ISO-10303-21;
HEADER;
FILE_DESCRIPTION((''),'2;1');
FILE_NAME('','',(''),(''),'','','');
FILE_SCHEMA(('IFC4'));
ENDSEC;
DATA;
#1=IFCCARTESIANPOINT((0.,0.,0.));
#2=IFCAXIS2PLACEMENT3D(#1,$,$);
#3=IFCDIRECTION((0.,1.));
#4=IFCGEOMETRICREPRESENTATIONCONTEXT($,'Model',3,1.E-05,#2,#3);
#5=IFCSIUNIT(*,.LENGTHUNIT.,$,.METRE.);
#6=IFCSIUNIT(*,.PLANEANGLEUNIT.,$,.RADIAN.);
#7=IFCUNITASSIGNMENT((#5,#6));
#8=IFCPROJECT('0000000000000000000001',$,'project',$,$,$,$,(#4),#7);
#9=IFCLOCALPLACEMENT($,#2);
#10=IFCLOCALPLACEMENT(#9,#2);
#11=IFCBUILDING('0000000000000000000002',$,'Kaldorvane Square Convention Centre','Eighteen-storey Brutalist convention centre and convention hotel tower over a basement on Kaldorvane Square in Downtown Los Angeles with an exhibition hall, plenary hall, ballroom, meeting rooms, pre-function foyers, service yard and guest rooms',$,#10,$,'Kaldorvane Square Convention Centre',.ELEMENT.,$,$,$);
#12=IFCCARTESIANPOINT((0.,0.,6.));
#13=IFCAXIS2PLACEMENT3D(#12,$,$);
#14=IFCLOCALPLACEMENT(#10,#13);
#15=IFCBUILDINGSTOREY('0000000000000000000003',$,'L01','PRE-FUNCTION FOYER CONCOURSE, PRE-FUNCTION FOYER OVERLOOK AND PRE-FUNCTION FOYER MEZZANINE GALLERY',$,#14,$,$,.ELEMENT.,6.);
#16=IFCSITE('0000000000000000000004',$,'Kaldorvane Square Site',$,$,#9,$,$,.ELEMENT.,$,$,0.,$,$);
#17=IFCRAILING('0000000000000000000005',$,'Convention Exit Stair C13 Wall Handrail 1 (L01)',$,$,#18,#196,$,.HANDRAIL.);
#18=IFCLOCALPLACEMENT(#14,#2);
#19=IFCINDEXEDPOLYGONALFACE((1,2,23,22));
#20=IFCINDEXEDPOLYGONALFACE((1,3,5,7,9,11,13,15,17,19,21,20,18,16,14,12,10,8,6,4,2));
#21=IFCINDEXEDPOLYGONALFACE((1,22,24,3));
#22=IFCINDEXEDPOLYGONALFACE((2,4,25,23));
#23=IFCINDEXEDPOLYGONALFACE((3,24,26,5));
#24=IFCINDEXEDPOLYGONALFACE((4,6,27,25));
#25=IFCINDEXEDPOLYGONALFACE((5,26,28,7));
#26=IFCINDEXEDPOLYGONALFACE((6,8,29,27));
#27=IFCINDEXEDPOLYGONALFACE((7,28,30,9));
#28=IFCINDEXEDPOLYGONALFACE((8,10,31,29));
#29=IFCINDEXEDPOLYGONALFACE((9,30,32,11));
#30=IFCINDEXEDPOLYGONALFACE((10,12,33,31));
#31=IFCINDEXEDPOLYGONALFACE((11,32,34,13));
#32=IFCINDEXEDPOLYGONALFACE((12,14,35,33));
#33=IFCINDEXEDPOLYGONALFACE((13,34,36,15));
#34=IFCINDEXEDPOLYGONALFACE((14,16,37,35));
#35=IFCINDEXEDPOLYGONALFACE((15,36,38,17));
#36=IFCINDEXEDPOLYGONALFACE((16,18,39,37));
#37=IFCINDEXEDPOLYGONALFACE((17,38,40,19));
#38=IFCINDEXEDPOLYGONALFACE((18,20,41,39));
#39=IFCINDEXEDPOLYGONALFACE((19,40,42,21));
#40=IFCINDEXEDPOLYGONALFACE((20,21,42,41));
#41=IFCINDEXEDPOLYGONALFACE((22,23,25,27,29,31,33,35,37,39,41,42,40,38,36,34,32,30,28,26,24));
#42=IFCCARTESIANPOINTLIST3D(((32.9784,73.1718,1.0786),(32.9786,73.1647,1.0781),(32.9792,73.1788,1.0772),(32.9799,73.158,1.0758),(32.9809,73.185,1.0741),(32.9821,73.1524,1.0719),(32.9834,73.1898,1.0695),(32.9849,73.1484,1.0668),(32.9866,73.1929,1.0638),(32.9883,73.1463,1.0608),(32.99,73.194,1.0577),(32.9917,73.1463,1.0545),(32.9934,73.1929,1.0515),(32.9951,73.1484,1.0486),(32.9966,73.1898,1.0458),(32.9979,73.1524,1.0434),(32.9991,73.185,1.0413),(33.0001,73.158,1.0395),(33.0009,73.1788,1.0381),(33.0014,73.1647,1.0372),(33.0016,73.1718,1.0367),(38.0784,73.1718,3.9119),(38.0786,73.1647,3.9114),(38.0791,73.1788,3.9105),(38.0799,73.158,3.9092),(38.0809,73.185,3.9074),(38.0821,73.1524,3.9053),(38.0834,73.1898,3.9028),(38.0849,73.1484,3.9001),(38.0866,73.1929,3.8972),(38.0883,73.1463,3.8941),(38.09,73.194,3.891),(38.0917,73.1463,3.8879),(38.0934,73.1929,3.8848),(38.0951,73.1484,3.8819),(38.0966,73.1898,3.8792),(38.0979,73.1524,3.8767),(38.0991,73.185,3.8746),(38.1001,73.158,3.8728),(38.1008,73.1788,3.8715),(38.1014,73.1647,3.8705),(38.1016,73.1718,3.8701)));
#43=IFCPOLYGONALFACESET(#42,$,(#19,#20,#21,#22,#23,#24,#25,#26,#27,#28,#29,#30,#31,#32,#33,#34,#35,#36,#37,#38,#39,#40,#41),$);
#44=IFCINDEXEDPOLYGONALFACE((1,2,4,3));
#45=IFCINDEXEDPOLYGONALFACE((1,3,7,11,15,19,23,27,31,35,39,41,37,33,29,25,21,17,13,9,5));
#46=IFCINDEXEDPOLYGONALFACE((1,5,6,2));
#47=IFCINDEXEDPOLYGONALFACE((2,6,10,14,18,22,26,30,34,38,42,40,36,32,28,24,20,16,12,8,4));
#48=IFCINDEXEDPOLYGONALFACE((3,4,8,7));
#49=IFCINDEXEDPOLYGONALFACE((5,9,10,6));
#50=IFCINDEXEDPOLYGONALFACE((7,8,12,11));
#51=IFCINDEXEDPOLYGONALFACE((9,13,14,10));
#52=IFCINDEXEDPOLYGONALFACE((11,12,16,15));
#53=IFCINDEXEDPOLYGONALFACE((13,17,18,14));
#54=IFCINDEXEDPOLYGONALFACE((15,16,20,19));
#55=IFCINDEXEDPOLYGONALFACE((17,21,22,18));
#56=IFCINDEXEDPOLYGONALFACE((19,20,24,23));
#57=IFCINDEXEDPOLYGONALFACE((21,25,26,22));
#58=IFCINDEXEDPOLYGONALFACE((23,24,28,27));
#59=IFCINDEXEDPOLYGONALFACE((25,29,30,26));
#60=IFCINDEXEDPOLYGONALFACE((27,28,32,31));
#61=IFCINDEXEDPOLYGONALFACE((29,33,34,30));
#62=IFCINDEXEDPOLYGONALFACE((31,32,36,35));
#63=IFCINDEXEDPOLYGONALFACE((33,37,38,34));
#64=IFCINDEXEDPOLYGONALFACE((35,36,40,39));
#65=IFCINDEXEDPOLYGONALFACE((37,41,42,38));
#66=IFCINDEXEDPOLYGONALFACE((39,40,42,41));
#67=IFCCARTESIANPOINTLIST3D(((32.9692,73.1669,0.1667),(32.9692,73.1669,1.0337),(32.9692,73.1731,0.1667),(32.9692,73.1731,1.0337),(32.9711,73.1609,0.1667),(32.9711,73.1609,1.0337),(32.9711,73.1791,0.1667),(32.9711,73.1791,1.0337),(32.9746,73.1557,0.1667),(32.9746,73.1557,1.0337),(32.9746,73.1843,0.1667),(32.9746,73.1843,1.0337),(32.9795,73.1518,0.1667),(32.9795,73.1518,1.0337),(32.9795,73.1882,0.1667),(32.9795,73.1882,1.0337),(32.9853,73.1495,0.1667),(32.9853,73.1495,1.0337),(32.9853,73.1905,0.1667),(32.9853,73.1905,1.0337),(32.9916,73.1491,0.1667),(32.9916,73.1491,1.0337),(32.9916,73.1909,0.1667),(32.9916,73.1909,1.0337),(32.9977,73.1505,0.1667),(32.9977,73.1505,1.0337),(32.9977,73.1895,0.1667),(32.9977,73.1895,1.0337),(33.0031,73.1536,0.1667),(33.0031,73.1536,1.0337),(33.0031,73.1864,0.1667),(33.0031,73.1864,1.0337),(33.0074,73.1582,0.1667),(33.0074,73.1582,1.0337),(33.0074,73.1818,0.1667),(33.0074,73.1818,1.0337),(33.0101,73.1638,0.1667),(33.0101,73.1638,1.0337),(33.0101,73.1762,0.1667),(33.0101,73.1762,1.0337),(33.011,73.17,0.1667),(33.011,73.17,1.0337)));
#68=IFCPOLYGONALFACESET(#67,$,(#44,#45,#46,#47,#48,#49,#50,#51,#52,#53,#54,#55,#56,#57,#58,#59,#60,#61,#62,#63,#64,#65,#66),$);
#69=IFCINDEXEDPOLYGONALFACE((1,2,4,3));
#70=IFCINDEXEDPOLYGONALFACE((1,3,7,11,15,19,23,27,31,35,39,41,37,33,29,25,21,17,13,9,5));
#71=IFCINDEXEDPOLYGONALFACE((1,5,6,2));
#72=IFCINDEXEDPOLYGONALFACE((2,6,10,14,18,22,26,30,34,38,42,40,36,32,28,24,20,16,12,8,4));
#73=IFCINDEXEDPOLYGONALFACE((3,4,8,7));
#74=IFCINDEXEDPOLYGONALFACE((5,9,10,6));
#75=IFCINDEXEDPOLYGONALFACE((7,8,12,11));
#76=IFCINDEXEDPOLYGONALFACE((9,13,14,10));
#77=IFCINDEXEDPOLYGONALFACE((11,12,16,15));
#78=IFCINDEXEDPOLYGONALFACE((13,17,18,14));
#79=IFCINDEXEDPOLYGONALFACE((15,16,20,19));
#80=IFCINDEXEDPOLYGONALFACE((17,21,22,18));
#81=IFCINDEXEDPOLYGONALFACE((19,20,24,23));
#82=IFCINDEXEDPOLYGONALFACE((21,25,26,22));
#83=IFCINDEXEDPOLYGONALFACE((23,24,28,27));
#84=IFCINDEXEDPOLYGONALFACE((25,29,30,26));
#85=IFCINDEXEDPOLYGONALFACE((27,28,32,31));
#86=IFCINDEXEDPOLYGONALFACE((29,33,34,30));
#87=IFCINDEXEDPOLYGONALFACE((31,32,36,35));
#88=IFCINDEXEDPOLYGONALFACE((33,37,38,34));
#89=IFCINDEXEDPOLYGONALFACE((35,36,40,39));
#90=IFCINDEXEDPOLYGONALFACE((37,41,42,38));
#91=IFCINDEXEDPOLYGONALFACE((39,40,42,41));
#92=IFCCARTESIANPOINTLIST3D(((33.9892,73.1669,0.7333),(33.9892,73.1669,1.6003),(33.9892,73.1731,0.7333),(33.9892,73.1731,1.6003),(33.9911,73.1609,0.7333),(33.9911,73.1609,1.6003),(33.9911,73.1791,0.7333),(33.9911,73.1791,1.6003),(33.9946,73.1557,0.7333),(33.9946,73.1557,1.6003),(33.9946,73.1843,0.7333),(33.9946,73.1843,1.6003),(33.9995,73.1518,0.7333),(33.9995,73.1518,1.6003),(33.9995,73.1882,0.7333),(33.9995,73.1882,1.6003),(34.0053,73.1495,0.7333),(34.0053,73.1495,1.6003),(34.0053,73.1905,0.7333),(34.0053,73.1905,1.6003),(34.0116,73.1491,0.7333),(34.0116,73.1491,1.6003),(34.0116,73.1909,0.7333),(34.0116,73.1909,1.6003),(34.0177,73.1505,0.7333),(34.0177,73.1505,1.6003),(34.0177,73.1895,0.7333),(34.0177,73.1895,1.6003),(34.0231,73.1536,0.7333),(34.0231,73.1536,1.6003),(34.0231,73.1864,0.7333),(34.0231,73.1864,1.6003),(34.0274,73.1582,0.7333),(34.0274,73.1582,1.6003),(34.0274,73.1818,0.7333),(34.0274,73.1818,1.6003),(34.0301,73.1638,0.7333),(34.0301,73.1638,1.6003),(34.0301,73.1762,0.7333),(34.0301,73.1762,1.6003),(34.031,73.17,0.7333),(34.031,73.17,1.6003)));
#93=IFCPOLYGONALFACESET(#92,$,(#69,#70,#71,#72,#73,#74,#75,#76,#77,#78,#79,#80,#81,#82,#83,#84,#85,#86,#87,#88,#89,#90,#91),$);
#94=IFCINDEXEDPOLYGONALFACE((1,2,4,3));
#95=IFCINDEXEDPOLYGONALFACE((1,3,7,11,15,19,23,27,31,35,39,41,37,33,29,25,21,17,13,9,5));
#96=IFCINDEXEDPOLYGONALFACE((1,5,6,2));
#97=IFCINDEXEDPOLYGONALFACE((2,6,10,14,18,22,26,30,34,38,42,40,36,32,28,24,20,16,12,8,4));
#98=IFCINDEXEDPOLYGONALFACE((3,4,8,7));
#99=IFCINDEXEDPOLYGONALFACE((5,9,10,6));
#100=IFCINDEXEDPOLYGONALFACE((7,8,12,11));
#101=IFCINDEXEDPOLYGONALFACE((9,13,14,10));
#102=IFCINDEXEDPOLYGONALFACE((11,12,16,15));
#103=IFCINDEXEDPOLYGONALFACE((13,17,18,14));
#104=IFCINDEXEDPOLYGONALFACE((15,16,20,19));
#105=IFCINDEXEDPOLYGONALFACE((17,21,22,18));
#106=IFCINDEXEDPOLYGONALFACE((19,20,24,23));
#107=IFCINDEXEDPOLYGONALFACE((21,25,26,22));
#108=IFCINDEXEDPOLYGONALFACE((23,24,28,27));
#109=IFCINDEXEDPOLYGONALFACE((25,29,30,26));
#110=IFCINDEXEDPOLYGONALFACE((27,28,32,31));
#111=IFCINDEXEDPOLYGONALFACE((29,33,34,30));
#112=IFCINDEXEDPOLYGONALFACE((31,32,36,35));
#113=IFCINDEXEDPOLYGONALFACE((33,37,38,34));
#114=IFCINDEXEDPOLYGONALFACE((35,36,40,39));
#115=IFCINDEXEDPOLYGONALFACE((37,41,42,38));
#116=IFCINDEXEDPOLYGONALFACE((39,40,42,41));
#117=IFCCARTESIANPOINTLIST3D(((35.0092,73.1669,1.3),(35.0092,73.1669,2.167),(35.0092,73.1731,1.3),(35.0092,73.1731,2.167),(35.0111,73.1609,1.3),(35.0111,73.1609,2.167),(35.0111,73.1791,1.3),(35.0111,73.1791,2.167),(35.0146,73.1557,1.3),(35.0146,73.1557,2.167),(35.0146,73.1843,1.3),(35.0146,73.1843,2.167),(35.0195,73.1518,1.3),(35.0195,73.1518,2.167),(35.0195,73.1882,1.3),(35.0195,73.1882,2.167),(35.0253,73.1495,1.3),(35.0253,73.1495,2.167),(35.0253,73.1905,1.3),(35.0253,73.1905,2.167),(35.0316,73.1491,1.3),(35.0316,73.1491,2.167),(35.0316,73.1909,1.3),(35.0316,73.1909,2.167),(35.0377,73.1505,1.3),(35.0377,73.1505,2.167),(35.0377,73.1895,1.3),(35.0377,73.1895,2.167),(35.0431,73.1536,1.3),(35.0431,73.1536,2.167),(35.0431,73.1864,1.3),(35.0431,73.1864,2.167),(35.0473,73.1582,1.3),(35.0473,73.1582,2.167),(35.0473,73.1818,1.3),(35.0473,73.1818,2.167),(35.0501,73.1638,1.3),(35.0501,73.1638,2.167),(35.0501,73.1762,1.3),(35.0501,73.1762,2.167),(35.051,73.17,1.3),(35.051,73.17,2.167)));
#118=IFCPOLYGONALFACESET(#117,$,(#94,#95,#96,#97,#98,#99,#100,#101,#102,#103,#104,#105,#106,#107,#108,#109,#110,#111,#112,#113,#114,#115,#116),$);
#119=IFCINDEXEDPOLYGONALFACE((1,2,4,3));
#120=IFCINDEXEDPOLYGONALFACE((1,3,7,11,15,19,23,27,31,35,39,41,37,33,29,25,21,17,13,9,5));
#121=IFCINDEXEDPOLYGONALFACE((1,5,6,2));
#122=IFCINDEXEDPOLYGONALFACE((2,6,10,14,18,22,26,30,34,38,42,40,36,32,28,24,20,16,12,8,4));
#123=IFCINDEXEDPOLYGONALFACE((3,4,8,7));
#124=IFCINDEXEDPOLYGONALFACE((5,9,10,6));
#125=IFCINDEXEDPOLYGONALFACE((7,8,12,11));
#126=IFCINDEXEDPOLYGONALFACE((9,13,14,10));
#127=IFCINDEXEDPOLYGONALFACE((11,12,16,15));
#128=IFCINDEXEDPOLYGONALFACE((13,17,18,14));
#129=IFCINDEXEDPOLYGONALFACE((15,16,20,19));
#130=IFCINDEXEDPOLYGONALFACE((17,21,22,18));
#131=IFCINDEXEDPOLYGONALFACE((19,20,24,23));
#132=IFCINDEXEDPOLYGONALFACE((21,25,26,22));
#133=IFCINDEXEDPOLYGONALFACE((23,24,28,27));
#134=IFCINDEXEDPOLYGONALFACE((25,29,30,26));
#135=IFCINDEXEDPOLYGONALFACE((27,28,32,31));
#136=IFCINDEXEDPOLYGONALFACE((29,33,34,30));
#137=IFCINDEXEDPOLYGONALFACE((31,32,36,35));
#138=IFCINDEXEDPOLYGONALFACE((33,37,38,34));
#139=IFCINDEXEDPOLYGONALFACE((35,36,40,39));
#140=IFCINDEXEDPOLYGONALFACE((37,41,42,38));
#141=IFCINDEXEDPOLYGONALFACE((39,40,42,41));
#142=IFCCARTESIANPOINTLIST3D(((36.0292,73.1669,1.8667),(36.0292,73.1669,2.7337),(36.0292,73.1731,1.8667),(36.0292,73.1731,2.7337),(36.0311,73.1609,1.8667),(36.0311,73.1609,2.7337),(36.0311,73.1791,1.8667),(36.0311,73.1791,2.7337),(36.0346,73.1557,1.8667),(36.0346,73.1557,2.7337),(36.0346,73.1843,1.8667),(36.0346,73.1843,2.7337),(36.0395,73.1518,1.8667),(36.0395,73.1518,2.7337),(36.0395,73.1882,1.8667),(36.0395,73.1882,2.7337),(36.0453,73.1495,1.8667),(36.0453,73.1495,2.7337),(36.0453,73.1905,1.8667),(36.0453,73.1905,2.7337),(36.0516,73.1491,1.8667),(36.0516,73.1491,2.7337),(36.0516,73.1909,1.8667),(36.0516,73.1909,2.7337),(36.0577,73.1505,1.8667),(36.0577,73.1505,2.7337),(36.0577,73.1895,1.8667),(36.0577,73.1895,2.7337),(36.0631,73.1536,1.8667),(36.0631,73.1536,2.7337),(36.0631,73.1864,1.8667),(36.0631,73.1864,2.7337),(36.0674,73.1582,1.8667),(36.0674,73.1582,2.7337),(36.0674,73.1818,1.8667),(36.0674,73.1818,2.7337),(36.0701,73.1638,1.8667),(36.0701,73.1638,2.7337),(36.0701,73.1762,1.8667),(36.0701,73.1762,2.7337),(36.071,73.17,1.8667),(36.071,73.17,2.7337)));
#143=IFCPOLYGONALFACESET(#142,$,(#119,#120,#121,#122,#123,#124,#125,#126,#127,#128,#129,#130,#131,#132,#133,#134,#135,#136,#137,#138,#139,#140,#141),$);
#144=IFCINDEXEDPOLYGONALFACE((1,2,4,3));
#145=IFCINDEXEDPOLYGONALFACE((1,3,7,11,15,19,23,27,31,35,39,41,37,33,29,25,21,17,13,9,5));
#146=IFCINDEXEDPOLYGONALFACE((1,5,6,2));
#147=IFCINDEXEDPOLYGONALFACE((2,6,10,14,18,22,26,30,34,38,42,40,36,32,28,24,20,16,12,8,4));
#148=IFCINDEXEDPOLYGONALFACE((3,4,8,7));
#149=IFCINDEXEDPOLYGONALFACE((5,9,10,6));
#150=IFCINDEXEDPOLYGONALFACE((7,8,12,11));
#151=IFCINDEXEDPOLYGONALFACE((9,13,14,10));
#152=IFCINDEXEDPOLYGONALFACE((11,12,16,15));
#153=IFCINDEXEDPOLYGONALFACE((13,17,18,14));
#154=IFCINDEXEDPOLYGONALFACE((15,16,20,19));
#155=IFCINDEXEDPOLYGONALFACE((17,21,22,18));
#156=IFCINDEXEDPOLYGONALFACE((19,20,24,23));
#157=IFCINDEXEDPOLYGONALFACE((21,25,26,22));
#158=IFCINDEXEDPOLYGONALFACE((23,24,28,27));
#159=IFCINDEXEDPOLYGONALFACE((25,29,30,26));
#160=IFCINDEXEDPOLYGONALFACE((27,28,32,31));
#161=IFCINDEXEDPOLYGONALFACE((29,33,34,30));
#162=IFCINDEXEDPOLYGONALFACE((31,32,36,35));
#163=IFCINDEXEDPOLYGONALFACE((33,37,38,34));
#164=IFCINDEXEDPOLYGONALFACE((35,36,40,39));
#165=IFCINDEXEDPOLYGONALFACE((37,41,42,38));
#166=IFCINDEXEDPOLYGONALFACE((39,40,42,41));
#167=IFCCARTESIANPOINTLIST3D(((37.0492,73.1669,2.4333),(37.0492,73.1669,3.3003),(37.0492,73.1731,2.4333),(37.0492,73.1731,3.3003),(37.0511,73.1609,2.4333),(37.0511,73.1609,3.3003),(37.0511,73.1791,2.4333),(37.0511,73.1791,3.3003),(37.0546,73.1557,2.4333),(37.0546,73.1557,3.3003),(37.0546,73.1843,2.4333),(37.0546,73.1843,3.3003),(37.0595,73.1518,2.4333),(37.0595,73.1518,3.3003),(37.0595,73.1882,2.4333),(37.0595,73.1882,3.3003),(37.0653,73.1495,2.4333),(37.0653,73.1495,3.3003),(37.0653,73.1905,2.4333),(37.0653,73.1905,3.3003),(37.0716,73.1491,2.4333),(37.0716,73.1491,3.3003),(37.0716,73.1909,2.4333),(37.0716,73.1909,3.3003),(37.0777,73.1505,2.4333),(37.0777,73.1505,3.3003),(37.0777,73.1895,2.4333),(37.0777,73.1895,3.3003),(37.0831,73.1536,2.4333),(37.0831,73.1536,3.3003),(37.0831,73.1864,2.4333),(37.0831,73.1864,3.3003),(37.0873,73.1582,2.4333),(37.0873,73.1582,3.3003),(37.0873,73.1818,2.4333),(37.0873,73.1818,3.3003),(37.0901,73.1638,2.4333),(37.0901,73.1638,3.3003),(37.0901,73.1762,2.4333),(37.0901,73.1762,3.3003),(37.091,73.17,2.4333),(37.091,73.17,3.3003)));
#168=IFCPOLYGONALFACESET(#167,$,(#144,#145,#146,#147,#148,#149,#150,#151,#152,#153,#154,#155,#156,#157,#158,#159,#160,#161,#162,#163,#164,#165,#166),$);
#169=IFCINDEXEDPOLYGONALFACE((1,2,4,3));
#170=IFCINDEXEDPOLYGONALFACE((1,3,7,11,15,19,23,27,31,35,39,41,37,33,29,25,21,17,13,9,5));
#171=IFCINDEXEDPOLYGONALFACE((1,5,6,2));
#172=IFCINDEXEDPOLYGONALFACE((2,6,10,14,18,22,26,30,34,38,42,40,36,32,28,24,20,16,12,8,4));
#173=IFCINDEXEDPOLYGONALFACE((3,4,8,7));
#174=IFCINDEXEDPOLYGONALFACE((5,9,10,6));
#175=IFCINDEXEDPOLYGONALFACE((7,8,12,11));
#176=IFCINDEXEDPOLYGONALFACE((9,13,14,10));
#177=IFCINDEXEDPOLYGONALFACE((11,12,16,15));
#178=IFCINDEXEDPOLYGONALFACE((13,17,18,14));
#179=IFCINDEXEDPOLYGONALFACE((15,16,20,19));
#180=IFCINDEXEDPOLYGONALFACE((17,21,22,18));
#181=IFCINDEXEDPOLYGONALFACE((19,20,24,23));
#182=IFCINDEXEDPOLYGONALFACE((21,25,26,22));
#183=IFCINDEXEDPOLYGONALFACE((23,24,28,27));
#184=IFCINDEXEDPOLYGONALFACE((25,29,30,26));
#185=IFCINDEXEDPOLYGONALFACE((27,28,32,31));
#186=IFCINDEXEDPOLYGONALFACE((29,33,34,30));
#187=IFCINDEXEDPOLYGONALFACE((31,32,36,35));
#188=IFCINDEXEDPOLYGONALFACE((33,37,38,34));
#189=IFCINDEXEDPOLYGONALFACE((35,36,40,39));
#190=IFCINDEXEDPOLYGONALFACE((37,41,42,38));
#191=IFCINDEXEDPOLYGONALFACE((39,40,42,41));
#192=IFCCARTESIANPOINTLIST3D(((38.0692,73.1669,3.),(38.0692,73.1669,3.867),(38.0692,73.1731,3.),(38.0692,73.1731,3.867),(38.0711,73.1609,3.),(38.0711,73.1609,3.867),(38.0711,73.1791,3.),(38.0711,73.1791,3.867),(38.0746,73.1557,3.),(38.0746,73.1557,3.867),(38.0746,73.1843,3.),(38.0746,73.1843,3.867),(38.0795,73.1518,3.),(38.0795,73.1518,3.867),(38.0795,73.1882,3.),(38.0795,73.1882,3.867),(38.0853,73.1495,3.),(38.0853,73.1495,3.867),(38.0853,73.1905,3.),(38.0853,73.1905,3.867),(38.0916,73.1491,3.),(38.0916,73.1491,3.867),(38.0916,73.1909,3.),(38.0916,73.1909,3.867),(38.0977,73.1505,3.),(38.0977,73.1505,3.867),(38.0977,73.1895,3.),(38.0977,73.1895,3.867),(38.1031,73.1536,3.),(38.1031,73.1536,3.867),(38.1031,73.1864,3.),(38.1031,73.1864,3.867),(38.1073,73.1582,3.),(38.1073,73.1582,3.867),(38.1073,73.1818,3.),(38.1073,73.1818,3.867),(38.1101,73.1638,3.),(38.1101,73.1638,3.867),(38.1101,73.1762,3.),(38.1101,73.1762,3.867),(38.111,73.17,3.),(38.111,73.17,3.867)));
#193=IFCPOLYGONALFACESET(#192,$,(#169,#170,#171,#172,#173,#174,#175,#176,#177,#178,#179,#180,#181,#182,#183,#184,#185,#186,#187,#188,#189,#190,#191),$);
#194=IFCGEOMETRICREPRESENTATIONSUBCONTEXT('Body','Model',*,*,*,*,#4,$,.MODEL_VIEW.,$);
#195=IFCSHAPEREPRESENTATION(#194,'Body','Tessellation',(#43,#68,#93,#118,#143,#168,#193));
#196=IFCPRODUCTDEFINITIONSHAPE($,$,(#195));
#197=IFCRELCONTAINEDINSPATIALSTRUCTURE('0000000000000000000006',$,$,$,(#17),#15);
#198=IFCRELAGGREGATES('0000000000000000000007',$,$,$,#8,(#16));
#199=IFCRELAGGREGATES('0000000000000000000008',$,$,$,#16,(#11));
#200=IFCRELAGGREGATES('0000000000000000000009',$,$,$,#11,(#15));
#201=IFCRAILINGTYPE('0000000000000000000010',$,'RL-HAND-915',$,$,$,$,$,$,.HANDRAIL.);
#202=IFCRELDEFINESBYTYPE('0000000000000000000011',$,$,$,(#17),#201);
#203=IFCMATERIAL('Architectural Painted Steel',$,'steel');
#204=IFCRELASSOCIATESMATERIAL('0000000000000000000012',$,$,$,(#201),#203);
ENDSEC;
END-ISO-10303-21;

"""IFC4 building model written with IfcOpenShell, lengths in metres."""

from ifc_helpers import new_model, si_unit, direction, frame, origin, origin_2d, place, context, subcontext, project, spatial, circle, extrude, material, type_object, element, save


model = new_model("IFC4")

# Units and contexts
model_context = context("Model", 3, precision=1e-05, world=origin(), true_north=direction((0.0, 1.0)))
body_context = subcontext(model_context, "Body", "Model", "MODEL_VIEW")
ifc_project = project(units=[si_unit("LENGTHUNIT", "METRE"), si_unit("PLANEANGLEUNIT", "RADIAN")], contexts=[model_context])

# Site, building, storey
site_placement = place(None, origin())
site = spatial("IfcSite", under=ifc_project, at=site_placement, Name="Kaldorvane Square Site", CompositionType="ELEMENT", RefElevation=0.0)
building_placement = place(site_placement, origin())
building = spatial("IfcBuilding", under=site, at=building_placement, Name="Kaldorvane Square Convention Centre", Description="Eighteen-storey Brutalist convention centre and convention hotel tower over a basement on Kaldorvane Square in Downtown Los Angeles with an exhibition hall, plenary hall, ballroom, meeting rooms, pre-function foyers, service yard and guest rooms", LongName="Kaldorvane Square Convention Centre", CompositionType="ELEMENT")
storey_placement = place(building_placement, frame((0.0, 0.0, 6.0)))
storey = spatial("IfcBuildingStorey", under=building, at=storey_placement, Name="L01", Description="PRE-FUNCTION FOYER CONCOURSE, PRE-FUNCTION FOYER OVERLOOK AND PRE-FUNCTION FOYER MEZZANINE GALLERY", CompositionType="ELEMENT", Elevation=6.0)

# Railing
ifc_material_1 = material(Name="Architectural Painted Steel", Category="steel")
railing_type_1 = type_object("IfcRailingType", Name="RL-HAND-915", PredefinedType="HANDRAIL", material=ifc_material_1)
railing_1_placement = place(storey_placement, frame((32.99, 73.17, 0.1667)))
element("IfcRailing", 1, at=railing_1_placement, inside=storey, type_object=railing_type_1, Name="Convention Exit Stair C13 Wall Handrail 1 (L01)", PredefinedType="HANDRAIL", context=body_context, shape_type="SweptSolid", body=[
    extrude(circle(Radius=0.024, at=origin_2d()), frame((0.0, 0.0, 0.891), z_axis=(0.874157, 0.0, 0.485643), x_axis=(0.0, 1.0, 0.0)), (0.0, 0.0, 1.0), 5.8342),
    extrude(circle(Radius=0.021, at=origin_2d()), origin(), (0.0, 0.0, 1.0), 0.867),
    extrude(circle(Radius=0.021, at=origin_2d()), frame((1.02, 0.0, 0.5667)), (0.0, 0.0, 1.0), 0.867),
    extrude(circle(Radius=0.021, at=origin_2d()), frame((2.04, 0.0, 1.1333)), (0.0, 0.0, 1.0), 0.867),
    extrude(circle(Radius=0.021, at=origin_2d()), frame((3.06, 0.0, 1.7)), (0.0, 0.0, 1.0), 0.867),
    extrude(circle(Radius=0.021, at=origin_2d()), frame((4.08, 0.0, 2.2667)), (0.0, 0.0, 1.0), 0.867),
    extrude(circle(Radius=0.021, at=origin_2d()), frame((5.1, 0.0, 2.8333)), (0.0, 0.0, 1.0), 0.867),
])

save(model, "model.ifc")
